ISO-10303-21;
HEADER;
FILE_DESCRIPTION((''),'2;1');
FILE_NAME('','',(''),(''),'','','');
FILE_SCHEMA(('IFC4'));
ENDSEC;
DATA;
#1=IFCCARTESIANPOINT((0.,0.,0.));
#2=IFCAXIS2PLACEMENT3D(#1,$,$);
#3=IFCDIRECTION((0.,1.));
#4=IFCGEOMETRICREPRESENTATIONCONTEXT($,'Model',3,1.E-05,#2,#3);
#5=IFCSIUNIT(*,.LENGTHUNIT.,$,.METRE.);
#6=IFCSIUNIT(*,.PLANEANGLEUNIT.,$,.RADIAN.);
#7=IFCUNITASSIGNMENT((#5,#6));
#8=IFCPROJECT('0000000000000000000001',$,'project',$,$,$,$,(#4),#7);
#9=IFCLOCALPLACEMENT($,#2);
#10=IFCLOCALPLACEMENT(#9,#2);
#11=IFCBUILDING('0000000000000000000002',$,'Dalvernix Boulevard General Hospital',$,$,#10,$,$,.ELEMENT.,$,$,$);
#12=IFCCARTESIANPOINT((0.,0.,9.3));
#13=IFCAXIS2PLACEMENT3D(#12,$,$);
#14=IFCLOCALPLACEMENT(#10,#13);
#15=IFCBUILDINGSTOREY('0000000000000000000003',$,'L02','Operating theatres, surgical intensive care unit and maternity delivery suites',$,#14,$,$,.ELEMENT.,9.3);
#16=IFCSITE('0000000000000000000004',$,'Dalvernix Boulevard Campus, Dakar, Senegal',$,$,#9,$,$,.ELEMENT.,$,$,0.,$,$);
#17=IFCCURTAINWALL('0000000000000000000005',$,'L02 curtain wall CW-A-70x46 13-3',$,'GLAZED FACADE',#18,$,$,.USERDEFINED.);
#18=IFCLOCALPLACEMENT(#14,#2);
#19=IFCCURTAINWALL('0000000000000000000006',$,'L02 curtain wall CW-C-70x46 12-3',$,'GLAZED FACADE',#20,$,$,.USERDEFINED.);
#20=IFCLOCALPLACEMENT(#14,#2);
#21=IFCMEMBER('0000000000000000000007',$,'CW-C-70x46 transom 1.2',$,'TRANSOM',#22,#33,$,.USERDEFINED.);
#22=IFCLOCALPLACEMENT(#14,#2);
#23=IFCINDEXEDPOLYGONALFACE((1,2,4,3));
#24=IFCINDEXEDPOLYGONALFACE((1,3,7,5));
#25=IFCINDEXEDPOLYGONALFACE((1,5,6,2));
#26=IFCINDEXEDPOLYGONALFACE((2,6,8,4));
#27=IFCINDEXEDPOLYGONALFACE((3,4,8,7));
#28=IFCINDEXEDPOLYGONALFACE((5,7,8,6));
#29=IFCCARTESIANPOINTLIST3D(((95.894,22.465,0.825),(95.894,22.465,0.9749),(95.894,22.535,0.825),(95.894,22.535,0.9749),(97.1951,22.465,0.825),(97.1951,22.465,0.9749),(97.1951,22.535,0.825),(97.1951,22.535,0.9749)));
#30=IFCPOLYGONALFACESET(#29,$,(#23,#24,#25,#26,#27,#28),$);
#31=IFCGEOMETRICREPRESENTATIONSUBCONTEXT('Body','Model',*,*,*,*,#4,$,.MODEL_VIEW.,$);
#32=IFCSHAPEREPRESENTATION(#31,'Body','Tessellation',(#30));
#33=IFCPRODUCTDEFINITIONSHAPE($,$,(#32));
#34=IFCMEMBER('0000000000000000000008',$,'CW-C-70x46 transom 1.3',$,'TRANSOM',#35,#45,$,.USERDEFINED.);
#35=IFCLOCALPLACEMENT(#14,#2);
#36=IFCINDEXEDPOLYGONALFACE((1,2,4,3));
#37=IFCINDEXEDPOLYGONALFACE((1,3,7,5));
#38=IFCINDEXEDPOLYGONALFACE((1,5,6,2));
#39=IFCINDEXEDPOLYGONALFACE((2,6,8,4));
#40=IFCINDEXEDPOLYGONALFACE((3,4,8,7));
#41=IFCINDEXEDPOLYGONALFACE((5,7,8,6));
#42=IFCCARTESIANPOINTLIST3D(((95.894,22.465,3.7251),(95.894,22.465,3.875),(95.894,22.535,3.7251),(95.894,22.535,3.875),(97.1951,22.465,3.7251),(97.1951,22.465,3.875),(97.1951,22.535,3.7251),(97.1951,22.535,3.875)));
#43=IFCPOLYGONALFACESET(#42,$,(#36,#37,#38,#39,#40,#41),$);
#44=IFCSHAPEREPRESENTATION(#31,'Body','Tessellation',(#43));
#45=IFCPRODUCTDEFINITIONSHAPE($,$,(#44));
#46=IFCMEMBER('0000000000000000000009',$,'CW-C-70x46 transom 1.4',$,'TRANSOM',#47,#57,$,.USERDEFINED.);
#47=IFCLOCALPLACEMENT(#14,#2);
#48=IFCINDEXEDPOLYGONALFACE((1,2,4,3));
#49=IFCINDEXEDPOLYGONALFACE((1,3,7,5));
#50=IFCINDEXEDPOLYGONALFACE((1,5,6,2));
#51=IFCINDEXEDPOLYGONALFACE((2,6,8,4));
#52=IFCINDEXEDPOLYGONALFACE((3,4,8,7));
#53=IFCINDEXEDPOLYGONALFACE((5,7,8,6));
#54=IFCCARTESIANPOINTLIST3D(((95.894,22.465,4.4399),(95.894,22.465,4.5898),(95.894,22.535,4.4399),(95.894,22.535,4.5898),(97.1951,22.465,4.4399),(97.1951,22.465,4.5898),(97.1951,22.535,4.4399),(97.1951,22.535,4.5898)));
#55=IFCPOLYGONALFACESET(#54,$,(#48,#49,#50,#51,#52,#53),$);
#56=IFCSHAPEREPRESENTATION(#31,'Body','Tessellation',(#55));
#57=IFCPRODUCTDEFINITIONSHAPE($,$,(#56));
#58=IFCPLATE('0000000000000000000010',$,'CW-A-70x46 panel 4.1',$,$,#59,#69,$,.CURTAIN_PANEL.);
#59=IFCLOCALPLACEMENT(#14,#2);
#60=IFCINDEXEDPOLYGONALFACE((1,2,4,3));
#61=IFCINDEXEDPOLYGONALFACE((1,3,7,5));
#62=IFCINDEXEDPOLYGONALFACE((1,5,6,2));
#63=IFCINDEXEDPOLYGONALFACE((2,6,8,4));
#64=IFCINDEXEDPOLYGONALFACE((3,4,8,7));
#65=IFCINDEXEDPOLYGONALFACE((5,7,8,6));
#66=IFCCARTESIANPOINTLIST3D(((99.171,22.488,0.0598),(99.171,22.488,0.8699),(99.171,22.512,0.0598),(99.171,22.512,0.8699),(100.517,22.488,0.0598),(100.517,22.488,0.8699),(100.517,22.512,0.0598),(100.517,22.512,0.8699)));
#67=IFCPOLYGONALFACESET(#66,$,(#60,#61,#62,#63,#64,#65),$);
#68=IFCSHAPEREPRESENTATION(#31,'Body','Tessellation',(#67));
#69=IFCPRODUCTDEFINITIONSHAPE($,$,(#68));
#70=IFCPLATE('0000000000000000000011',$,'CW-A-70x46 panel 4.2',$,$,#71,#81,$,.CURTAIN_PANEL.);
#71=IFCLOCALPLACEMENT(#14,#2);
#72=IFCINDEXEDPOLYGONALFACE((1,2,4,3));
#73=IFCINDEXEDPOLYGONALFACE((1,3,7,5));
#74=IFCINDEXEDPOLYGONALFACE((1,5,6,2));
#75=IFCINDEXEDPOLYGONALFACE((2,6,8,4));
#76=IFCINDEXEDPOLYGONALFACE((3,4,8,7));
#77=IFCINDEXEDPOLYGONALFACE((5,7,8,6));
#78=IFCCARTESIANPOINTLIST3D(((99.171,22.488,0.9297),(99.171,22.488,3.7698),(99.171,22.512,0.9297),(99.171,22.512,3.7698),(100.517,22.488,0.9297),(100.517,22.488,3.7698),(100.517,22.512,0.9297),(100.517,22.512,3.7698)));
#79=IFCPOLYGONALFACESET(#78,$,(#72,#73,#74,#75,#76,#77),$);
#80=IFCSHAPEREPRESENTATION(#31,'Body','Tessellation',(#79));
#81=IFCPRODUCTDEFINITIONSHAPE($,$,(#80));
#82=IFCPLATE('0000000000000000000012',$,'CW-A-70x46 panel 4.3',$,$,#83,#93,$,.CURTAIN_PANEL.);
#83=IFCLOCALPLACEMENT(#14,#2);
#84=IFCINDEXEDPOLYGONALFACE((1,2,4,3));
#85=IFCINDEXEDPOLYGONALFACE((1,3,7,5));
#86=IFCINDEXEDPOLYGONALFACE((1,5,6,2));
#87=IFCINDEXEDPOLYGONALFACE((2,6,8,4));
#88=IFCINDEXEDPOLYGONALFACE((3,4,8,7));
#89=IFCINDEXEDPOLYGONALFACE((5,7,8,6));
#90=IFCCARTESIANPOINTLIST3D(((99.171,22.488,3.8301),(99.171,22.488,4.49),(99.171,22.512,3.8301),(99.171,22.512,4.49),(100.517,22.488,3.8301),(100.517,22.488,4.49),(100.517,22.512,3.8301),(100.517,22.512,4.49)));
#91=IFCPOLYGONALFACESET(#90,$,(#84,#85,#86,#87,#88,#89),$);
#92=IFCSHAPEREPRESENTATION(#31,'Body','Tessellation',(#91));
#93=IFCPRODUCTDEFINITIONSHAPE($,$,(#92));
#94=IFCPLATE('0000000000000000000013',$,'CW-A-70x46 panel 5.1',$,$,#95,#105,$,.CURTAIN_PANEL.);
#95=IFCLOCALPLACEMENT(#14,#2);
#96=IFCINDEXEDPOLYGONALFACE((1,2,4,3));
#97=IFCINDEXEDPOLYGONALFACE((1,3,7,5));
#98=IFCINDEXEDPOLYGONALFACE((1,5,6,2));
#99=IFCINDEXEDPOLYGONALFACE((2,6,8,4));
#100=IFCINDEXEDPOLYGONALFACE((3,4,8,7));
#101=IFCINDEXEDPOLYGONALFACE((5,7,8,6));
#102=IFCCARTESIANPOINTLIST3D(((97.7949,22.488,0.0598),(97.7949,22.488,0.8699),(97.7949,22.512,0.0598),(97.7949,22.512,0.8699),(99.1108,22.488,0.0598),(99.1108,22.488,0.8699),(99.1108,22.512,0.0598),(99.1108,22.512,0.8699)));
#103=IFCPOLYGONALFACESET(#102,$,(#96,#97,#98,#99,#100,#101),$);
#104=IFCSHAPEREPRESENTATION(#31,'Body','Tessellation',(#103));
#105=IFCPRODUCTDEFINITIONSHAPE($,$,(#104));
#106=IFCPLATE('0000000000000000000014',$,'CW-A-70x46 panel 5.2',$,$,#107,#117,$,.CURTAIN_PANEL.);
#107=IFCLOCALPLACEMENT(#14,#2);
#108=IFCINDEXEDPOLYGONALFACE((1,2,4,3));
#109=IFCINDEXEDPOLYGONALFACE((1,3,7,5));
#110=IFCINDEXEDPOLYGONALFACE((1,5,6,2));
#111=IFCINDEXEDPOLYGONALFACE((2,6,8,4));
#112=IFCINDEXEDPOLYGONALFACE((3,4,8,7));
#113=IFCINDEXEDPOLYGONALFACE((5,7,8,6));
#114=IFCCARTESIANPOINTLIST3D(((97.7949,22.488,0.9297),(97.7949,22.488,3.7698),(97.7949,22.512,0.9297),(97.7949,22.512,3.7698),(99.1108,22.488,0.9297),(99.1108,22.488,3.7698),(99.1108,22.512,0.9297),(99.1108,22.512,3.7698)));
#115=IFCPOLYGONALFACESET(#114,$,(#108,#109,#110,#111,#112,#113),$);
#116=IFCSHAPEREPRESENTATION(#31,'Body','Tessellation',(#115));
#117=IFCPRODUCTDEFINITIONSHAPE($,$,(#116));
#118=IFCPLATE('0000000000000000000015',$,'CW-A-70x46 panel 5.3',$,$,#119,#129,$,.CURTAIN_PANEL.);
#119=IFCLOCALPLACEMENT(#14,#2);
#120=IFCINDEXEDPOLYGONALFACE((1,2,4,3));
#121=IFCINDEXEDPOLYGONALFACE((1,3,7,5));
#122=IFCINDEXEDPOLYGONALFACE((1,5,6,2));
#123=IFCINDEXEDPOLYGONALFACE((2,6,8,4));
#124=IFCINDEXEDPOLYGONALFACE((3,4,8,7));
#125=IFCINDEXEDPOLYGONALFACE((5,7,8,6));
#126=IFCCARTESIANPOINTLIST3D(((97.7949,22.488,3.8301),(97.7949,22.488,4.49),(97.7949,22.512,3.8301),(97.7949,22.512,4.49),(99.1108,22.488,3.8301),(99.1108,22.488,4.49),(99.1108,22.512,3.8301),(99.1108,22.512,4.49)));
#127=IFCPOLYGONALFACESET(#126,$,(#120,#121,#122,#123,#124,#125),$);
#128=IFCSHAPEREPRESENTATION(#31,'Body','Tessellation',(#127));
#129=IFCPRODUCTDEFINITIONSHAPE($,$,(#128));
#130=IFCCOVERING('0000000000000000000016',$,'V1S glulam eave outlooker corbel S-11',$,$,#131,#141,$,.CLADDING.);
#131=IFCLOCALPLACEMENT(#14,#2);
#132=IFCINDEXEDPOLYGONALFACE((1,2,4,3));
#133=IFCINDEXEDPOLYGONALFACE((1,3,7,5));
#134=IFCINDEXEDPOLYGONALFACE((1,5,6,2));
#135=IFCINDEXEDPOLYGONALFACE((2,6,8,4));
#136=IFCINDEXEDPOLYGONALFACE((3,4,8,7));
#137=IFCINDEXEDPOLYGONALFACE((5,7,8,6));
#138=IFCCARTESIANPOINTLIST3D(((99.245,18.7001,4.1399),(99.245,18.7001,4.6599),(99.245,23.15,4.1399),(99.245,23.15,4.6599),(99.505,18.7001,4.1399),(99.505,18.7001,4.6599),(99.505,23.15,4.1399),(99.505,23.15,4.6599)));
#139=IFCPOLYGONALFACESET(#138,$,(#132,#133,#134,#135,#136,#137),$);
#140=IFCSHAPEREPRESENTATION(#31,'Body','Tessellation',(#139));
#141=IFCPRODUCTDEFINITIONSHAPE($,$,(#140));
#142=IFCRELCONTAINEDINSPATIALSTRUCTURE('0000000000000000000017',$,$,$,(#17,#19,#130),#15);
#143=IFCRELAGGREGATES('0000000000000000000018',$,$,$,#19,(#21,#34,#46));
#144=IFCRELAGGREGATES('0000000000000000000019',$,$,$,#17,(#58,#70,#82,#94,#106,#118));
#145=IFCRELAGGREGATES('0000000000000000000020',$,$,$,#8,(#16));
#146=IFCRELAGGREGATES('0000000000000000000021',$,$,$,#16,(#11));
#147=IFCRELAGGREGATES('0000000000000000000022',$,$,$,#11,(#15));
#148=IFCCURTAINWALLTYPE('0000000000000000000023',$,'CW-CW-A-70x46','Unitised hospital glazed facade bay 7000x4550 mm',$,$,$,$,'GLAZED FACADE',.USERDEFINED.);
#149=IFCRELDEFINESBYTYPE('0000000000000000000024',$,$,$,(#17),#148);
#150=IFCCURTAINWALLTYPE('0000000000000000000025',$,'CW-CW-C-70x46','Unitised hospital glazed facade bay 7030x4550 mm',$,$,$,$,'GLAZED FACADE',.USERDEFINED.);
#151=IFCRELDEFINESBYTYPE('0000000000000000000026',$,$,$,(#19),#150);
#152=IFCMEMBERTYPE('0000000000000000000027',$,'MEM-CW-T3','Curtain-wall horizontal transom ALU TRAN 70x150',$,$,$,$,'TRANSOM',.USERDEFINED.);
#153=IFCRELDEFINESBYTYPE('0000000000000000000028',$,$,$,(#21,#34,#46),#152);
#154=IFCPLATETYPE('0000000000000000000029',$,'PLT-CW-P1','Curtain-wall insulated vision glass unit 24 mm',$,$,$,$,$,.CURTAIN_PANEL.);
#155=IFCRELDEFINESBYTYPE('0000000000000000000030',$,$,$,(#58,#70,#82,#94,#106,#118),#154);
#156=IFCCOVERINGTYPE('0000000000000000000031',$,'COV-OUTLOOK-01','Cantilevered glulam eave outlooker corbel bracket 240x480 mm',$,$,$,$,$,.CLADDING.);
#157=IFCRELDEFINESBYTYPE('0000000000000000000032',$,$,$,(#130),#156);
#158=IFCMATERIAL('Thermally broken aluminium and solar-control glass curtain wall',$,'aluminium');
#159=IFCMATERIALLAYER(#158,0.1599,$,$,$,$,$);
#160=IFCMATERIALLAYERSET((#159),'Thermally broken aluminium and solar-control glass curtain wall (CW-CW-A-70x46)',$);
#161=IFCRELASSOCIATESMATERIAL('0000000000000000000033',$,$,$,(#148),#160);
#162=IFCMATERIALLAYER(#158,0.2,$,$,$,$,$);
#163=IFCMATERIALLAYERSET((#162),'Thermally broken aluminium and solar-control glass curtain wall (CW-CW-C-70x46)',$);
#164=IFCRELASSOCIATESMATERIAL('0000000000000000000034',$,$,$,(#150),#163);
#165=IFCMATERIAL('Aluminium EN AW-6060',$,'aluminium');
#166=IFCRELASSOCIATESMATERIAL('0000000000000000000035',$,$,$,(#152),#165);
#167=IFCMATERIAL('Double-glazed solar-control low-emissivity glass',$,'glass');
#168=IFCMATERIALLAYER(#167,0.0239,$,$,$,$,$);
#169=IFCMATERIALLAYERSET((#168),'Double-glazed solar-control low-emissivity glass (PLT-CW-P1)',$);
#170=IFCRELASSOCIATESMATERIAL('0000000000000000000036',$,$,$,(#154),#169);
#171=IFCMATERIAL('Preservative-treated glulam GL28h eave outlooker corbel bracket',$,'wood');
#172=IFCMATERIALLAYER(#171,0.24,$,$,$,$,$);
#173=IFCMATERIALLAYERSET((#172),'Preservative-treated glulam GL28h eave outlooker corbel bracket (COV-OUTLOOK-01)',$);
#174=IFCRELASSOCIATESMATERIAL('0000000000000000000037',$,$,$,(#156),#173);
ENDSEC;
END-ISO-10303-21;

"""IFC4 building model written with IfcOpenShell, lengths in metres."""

from ifc_helpers import new_model, si_unit, direction, frame, origin, origin_2d, place, context, subcontext, project, spatial, rectangle, extrude, material, layer, layer_set, material_profile, profile_set, type_object, element, aggregate, save


model = new_model("IFC4")

# Units and contexts
model_context = context("Model", 3, precision=1e-05, world=origin(), true_north=direction((0.0, 1.0)))
body_context = subcontext(model_context, "Body", "Model", "MODEL_VIEW")
ifc_project = project(units=[si_unit("LENGTHUNIT", "METRE"), si_unit("PLANEANGLEUNIT", "RADIAN")], contexts=[model_context])

# Site, building, storey
site_placement = place(None, origin())
site = spatial("IfcSite", under=ifc_project, at=site_placement, Name="Dalvernix Boulevard Campus, Dakar, Senegal", CompositionType="ELEMENT", RefElevation=0.0)
building_placement = place(site_placement, origin())
building = spatial("IfcBuilding", under=site, at=building_placement, Name="Dalvernix Boulevard General Hospital", CompositionType="ELEMENT")
storey_placement = place(building_placement, frame((0.0, 0.0, 9.3)))
storey = spatial("IfcBuildingStorey", under=building, at=storey_placement, Name="L02", Description="Operating theatres, surgical intensive care unit and maternity delivery suites", CompositionType="ELEMENT", Elevation=9.3)

# Curtain wall
ifc_material_1 = material(Name="Thermally broken aluminium and solar-control glass curtain wall", Category="aluminium")
ifc_layer_1 = layer(ifc_material_1, 0.1599)
ifc_layer_set_1 = layer_set([ifc_layer_1], Name="Thermally broken aluminium and solar-control glass curtain wall (CW-CW-A-70x46)")
curtain_wall_type_1 = type_object("IfcCurtainWallType", Name="CW-CW-A-70x46", Description="Unitised hospital glazed facade bay 7000x4550 mm", ElementType="GLAZED FACADE", PredefinedType="USERDEFINED", material=ifc_layer_set_1)
curtain_wall_1_placement = place(storey_placement, origin())
curtain_wall_1 = element("IfcCurtainWall", 1, at=curtain_wall_1_placement, inside=storey, type_object=curtain_wall_type_1, Name="L02 curtain wall CW-A-70x46 13-3", ObjectType="GLAZED FACADE", PredefinedType="USERDEFINED")
ifc_material_2 = material(Name="Aluminium EN AW-6060", Category="aluminium")

# Curtain wall
ifc_layer_2 = layer(ifc_material_1, 0.2)
ifc_layer_set_2 = layer_set([ifc_layer_2], Name="Thermally broken aluminium and solar-control glass curtain wall (CW-CW-C-70x46)")
curtain_wall_type_2 = type_object("IfcCurtainWallType", Name="CW-CW-C-70x46", Description="Unitised hospital glazed facade bay 7030x4550 mm", ElementType="GLAZED FACADE", PredefinedType="USERDEFINED", material=ifc_layer_set_2)
curtain_wall_2_placement = place(storey_placement, origin())
curtain_wall_2 = element("IfcCurtainWall", 2, at=curtain_wall_2_placement, inside=storey, type_object=curtain_wall_type_2, Name="L02 curtain wall CW-C-70x46 12-3", ObjectType="GLAZED FACADE", PredefinedType="USERDEFINED")

# Members
ifc_material_profile_1 = material_profile(ifc_material_2, rectangle(XDim=0.0701, YDim=0.1499, at=origin_2d()), Name="ALU TRAN 70x150")
ifc_profile_set_1 = profile_set([ifc_material_profile_1], Name="Aluminium EN AW-6060")
member_type_1 = type_object("IfcMemberType", Name="MEM-CW-T3", Description="Curtain-wall horizontal transom ALU TRAN 70x150", ElementType="TRANSOM", PredefinedType="USERDEFINED", material=ifc_profile_set_1)
member_1_placement = place(storey_placement, frame((97.1951, 22.5, 0.8999), z_axis=(-1.0, 0.0, 0.0), x_axis=(0.0, -1.0, 0.0)))
member_1 = element("IfcMember", 3, at=member_1_placement, type_object=member_type_1, Name="CW-C-70x46 transom 1.2", ObjectType="TRANSOM", PredefinedType="USERDEFINED", context=body_context, shape_type="SweptSolid", body=[
    extrude(rectangle(XDim=0.0701, YDim=0.1499, at=origin_2d()), origin(), (0.0, 0.0, 1.0), 1.301),
])
member_2_placement = place(storey_placement, frame((97.1951, 22.5, 3.8), z_axis=(-1.0, 0.0, 0.0), x_axis=(0.0, -1.0, 0.0)))
member_2 = element("IfcMember", 4, at=member_2_placement, type_object=member_type_1, Name="CW-C-70x46 transom 1.3", ObjectType="TRANSOM", PredefinedType="USERDEFINED", context=body_context, shape_type="SweptSolid", body=[
    extrude(rectangle(XDim=0.0701, YDim=0.1499, at=origin_2d()), origin(), (0.0, 0.0, 1.0), 1.301),
])
member_3_placement = place(storey_placement, frame((97.1951, 22.5, 4.5149), z_axis=(-1.0, 0.0, 0.0), x_axis=(0.0, -1.0, 0.0)))
member_3 = element("IfcMember", 5, at=member_3_placement, type_object=member_type_1, Name="CW-C-70x46 transom 1.4", ObjectType="TRANSOM", PredefinedType="USERDEFINED", context=body_context, shape_type="SweptSolid", body=[
    extrude(rectangle(XDim=0.0701, YDim=0.1499, at=origin_2d()), origin(), (0.0, 0.0, 1.0), 1.301),
])
aggregate(curtain_wall_2, [member_1, member_2, member_3])

# Plates
ifc_material_3 = material(Name="Double-glazed solar-control low-emissivity glass", Category="glass")
ifc_layer_3 = layer(ifc_material_3, 0.0239)
ifc_layer_set_3 = layer_set([ifc_layer_3], Name="Double-glazed solar-control low-emissivity glass (PLT-CW-P1)")
plate_type = type_object("IfcPlateType", Name="PLT-CW-P1", Description="Curtain-wall insulated vision glass unit 24 mm", PredefinedType="CURTAIN_PANEL", material=ifc_layer_set_3)
plate_1_placement = place(storey_placement, frame((99.844, 22.5, 0.0598), z_axis=(0.0, 0.0, 1.0), x_axis=(-1.0, 0.0, 0.0)))
plate_1 = element("IfcPlate", 6, at=plate_1_placement, type_object=plate_type, Name="CW-A-70x46 panel 4.1", PredefinedType="CURTAIN_PANEL", context=body_context, shape_type="SweptSolid", body=[
    extrude(rectangle(XDim=1.3459, YDim=0.0239, at=origin_2d()), origin(), (0.0, 0.0, 1.0), 0.8101),
])
plate_2_placement = place(storey_placement, frame((99.844, 22.5, 0.9297), z_axis=(0.0, 0.0, 1.0), x_axis=(-1.0, 0.0, 0.0)))
plate_2 = element("IfcPlate", 7, at=plate_2_placement, type_object=plate_type, Name="CW-A-70x46 panel 4.2", PredefinedType="CURTAIN_PANEL", context=body_context, shape_type="SweptSolid", body=[
    extrude(rectangle(XDim=1.3459, YDim=0.0239, at=origin_2d()), origin(), (0.0, 0.0, 1.0), 2.8401),
])
plate_3_placement = place(storey_placement, frame((99.844, 22.5, 3.8301), z_axis=(0.0, 0.0, 1.0), x_axis=(-1.0, 0.0, 0.0)))
plate_3 = element("IfcPlate", 8, at=plate_3_placement, type_object=plate_type, Name="CW-A-70x46 panel 4.3", PredefinedType="CURTAIN_PANEL", context=body_context, shape_type="SweptSolid", body=[
    extrude(rectangle(XDim=1.3459, YDim=0.0239, at=origin_2d()), origin(), (0.0, 0.0, 1.0), 0.6599),
])
plate_4_placement = place(storey_placement, frame((98.4529, 22.5, 0.0598), z_axis=(0.0, 0.0, 1.0), x_axis=(-1.0, 0.0, 0.0)))
plate_4 = element("IfcPlate", 9, at=plate_4_placement, type_object=plate_type, Name="CW-A-70x46 panel 5.1", PredefinedType="CURTAIN_PANEL", context=body_context, shape_type="SweptSolid", body=[
    extrude(rectangle(XDim=1.3159, YDim=0.0239, at=origin_2d()), origin(), (0.0, 0.0, 1.0), 0.8101),
])
plate_5_placement = place(storey_placement, frame((98.4529, 22.5, 0.9297), z_axis=(0.0, 0.0, 1.0), x_axis=(-1.0, 0.0, 0.0)))
plate_5 = element("IfcPlate", 10, at=plate_5_placement, type_object=plate_type, Name="CW-A-70x46 panel 5.2", PredefinedType="CURTAIN_PANEL", context=body_context, shape_type="SweptSolid", body=[
    extrude(rectangle(XDim=1.3159, YDim=0.0239, at=origin_2d()), origin(), (0.0, 0.0, 1.0), 2.8401),
])
plate_6_placement = place(storey_placement, frame((98.4529, 22.5, 3.8301), z_axis=(0.0, 0.0, 1.0), x_axis=(-1.0, 0.0, 0.0)))
plate_6 = element("IfcPlate", 11, at=plate_6_placement, type_object=plate_type, Name="CW-A-70x46 panel 5.3", PredefinedType="CURTAIN_PANEL", context=body_context, shape_type="SweptSolid", body=[
    extrude(rectangle(XDim=1.3159, YDim=0.0239, at=origin_2d()), origin(), (0.0, 0.0, 1.0), 0.6599),
])
aggregate(curtain_wall_1, [plate_1, plate_2, plate_3, plate_4, plate_5, plate_6])

# Covering
ifc_material_4 = material(Name="Preservative-treated glulam GL28h eave outlooker corbel bracket", Category="wood")
ifc_layer_4 = layer(ifc_material_4, 0.24)
ifc_layer_set_4 = layer_set([ifc_layer_4], Name="Preservative-treated glulam GL28h eave outlooker corbel bracket (COV-OUTLOOK-01)")
covering_type = type_object("IfcCoveringType", Name="COV-OUTLOOK-01", Description="Cantilevered glulam eave outlooker corbel bracket 240x480 mm", PredefinedType="CLADDING", material=ifc_layer_set_4)
covering_placement = place(storey_placement, frame((99.375, 20.925, 4.1399), z_axis=(0.0, 0.0, 1.0), x_axis=(1.0, 0.0, 0.0)))
element("IfcCovering", 12, at=covering_placement, inside=storey, type_object=covering_type, Name="V1S glulam eave outlooker corbel S-11", PredefinedType="CLADDING", context=body_context, shape_type="SweptSolid", body=[
    extrude(rectangle(XDim=0.26, YDim=4.45, at=origin_2d()), origin(), (0.0, 0.0, 1.0), 0.52),
])

save(model, "model.ifc")
